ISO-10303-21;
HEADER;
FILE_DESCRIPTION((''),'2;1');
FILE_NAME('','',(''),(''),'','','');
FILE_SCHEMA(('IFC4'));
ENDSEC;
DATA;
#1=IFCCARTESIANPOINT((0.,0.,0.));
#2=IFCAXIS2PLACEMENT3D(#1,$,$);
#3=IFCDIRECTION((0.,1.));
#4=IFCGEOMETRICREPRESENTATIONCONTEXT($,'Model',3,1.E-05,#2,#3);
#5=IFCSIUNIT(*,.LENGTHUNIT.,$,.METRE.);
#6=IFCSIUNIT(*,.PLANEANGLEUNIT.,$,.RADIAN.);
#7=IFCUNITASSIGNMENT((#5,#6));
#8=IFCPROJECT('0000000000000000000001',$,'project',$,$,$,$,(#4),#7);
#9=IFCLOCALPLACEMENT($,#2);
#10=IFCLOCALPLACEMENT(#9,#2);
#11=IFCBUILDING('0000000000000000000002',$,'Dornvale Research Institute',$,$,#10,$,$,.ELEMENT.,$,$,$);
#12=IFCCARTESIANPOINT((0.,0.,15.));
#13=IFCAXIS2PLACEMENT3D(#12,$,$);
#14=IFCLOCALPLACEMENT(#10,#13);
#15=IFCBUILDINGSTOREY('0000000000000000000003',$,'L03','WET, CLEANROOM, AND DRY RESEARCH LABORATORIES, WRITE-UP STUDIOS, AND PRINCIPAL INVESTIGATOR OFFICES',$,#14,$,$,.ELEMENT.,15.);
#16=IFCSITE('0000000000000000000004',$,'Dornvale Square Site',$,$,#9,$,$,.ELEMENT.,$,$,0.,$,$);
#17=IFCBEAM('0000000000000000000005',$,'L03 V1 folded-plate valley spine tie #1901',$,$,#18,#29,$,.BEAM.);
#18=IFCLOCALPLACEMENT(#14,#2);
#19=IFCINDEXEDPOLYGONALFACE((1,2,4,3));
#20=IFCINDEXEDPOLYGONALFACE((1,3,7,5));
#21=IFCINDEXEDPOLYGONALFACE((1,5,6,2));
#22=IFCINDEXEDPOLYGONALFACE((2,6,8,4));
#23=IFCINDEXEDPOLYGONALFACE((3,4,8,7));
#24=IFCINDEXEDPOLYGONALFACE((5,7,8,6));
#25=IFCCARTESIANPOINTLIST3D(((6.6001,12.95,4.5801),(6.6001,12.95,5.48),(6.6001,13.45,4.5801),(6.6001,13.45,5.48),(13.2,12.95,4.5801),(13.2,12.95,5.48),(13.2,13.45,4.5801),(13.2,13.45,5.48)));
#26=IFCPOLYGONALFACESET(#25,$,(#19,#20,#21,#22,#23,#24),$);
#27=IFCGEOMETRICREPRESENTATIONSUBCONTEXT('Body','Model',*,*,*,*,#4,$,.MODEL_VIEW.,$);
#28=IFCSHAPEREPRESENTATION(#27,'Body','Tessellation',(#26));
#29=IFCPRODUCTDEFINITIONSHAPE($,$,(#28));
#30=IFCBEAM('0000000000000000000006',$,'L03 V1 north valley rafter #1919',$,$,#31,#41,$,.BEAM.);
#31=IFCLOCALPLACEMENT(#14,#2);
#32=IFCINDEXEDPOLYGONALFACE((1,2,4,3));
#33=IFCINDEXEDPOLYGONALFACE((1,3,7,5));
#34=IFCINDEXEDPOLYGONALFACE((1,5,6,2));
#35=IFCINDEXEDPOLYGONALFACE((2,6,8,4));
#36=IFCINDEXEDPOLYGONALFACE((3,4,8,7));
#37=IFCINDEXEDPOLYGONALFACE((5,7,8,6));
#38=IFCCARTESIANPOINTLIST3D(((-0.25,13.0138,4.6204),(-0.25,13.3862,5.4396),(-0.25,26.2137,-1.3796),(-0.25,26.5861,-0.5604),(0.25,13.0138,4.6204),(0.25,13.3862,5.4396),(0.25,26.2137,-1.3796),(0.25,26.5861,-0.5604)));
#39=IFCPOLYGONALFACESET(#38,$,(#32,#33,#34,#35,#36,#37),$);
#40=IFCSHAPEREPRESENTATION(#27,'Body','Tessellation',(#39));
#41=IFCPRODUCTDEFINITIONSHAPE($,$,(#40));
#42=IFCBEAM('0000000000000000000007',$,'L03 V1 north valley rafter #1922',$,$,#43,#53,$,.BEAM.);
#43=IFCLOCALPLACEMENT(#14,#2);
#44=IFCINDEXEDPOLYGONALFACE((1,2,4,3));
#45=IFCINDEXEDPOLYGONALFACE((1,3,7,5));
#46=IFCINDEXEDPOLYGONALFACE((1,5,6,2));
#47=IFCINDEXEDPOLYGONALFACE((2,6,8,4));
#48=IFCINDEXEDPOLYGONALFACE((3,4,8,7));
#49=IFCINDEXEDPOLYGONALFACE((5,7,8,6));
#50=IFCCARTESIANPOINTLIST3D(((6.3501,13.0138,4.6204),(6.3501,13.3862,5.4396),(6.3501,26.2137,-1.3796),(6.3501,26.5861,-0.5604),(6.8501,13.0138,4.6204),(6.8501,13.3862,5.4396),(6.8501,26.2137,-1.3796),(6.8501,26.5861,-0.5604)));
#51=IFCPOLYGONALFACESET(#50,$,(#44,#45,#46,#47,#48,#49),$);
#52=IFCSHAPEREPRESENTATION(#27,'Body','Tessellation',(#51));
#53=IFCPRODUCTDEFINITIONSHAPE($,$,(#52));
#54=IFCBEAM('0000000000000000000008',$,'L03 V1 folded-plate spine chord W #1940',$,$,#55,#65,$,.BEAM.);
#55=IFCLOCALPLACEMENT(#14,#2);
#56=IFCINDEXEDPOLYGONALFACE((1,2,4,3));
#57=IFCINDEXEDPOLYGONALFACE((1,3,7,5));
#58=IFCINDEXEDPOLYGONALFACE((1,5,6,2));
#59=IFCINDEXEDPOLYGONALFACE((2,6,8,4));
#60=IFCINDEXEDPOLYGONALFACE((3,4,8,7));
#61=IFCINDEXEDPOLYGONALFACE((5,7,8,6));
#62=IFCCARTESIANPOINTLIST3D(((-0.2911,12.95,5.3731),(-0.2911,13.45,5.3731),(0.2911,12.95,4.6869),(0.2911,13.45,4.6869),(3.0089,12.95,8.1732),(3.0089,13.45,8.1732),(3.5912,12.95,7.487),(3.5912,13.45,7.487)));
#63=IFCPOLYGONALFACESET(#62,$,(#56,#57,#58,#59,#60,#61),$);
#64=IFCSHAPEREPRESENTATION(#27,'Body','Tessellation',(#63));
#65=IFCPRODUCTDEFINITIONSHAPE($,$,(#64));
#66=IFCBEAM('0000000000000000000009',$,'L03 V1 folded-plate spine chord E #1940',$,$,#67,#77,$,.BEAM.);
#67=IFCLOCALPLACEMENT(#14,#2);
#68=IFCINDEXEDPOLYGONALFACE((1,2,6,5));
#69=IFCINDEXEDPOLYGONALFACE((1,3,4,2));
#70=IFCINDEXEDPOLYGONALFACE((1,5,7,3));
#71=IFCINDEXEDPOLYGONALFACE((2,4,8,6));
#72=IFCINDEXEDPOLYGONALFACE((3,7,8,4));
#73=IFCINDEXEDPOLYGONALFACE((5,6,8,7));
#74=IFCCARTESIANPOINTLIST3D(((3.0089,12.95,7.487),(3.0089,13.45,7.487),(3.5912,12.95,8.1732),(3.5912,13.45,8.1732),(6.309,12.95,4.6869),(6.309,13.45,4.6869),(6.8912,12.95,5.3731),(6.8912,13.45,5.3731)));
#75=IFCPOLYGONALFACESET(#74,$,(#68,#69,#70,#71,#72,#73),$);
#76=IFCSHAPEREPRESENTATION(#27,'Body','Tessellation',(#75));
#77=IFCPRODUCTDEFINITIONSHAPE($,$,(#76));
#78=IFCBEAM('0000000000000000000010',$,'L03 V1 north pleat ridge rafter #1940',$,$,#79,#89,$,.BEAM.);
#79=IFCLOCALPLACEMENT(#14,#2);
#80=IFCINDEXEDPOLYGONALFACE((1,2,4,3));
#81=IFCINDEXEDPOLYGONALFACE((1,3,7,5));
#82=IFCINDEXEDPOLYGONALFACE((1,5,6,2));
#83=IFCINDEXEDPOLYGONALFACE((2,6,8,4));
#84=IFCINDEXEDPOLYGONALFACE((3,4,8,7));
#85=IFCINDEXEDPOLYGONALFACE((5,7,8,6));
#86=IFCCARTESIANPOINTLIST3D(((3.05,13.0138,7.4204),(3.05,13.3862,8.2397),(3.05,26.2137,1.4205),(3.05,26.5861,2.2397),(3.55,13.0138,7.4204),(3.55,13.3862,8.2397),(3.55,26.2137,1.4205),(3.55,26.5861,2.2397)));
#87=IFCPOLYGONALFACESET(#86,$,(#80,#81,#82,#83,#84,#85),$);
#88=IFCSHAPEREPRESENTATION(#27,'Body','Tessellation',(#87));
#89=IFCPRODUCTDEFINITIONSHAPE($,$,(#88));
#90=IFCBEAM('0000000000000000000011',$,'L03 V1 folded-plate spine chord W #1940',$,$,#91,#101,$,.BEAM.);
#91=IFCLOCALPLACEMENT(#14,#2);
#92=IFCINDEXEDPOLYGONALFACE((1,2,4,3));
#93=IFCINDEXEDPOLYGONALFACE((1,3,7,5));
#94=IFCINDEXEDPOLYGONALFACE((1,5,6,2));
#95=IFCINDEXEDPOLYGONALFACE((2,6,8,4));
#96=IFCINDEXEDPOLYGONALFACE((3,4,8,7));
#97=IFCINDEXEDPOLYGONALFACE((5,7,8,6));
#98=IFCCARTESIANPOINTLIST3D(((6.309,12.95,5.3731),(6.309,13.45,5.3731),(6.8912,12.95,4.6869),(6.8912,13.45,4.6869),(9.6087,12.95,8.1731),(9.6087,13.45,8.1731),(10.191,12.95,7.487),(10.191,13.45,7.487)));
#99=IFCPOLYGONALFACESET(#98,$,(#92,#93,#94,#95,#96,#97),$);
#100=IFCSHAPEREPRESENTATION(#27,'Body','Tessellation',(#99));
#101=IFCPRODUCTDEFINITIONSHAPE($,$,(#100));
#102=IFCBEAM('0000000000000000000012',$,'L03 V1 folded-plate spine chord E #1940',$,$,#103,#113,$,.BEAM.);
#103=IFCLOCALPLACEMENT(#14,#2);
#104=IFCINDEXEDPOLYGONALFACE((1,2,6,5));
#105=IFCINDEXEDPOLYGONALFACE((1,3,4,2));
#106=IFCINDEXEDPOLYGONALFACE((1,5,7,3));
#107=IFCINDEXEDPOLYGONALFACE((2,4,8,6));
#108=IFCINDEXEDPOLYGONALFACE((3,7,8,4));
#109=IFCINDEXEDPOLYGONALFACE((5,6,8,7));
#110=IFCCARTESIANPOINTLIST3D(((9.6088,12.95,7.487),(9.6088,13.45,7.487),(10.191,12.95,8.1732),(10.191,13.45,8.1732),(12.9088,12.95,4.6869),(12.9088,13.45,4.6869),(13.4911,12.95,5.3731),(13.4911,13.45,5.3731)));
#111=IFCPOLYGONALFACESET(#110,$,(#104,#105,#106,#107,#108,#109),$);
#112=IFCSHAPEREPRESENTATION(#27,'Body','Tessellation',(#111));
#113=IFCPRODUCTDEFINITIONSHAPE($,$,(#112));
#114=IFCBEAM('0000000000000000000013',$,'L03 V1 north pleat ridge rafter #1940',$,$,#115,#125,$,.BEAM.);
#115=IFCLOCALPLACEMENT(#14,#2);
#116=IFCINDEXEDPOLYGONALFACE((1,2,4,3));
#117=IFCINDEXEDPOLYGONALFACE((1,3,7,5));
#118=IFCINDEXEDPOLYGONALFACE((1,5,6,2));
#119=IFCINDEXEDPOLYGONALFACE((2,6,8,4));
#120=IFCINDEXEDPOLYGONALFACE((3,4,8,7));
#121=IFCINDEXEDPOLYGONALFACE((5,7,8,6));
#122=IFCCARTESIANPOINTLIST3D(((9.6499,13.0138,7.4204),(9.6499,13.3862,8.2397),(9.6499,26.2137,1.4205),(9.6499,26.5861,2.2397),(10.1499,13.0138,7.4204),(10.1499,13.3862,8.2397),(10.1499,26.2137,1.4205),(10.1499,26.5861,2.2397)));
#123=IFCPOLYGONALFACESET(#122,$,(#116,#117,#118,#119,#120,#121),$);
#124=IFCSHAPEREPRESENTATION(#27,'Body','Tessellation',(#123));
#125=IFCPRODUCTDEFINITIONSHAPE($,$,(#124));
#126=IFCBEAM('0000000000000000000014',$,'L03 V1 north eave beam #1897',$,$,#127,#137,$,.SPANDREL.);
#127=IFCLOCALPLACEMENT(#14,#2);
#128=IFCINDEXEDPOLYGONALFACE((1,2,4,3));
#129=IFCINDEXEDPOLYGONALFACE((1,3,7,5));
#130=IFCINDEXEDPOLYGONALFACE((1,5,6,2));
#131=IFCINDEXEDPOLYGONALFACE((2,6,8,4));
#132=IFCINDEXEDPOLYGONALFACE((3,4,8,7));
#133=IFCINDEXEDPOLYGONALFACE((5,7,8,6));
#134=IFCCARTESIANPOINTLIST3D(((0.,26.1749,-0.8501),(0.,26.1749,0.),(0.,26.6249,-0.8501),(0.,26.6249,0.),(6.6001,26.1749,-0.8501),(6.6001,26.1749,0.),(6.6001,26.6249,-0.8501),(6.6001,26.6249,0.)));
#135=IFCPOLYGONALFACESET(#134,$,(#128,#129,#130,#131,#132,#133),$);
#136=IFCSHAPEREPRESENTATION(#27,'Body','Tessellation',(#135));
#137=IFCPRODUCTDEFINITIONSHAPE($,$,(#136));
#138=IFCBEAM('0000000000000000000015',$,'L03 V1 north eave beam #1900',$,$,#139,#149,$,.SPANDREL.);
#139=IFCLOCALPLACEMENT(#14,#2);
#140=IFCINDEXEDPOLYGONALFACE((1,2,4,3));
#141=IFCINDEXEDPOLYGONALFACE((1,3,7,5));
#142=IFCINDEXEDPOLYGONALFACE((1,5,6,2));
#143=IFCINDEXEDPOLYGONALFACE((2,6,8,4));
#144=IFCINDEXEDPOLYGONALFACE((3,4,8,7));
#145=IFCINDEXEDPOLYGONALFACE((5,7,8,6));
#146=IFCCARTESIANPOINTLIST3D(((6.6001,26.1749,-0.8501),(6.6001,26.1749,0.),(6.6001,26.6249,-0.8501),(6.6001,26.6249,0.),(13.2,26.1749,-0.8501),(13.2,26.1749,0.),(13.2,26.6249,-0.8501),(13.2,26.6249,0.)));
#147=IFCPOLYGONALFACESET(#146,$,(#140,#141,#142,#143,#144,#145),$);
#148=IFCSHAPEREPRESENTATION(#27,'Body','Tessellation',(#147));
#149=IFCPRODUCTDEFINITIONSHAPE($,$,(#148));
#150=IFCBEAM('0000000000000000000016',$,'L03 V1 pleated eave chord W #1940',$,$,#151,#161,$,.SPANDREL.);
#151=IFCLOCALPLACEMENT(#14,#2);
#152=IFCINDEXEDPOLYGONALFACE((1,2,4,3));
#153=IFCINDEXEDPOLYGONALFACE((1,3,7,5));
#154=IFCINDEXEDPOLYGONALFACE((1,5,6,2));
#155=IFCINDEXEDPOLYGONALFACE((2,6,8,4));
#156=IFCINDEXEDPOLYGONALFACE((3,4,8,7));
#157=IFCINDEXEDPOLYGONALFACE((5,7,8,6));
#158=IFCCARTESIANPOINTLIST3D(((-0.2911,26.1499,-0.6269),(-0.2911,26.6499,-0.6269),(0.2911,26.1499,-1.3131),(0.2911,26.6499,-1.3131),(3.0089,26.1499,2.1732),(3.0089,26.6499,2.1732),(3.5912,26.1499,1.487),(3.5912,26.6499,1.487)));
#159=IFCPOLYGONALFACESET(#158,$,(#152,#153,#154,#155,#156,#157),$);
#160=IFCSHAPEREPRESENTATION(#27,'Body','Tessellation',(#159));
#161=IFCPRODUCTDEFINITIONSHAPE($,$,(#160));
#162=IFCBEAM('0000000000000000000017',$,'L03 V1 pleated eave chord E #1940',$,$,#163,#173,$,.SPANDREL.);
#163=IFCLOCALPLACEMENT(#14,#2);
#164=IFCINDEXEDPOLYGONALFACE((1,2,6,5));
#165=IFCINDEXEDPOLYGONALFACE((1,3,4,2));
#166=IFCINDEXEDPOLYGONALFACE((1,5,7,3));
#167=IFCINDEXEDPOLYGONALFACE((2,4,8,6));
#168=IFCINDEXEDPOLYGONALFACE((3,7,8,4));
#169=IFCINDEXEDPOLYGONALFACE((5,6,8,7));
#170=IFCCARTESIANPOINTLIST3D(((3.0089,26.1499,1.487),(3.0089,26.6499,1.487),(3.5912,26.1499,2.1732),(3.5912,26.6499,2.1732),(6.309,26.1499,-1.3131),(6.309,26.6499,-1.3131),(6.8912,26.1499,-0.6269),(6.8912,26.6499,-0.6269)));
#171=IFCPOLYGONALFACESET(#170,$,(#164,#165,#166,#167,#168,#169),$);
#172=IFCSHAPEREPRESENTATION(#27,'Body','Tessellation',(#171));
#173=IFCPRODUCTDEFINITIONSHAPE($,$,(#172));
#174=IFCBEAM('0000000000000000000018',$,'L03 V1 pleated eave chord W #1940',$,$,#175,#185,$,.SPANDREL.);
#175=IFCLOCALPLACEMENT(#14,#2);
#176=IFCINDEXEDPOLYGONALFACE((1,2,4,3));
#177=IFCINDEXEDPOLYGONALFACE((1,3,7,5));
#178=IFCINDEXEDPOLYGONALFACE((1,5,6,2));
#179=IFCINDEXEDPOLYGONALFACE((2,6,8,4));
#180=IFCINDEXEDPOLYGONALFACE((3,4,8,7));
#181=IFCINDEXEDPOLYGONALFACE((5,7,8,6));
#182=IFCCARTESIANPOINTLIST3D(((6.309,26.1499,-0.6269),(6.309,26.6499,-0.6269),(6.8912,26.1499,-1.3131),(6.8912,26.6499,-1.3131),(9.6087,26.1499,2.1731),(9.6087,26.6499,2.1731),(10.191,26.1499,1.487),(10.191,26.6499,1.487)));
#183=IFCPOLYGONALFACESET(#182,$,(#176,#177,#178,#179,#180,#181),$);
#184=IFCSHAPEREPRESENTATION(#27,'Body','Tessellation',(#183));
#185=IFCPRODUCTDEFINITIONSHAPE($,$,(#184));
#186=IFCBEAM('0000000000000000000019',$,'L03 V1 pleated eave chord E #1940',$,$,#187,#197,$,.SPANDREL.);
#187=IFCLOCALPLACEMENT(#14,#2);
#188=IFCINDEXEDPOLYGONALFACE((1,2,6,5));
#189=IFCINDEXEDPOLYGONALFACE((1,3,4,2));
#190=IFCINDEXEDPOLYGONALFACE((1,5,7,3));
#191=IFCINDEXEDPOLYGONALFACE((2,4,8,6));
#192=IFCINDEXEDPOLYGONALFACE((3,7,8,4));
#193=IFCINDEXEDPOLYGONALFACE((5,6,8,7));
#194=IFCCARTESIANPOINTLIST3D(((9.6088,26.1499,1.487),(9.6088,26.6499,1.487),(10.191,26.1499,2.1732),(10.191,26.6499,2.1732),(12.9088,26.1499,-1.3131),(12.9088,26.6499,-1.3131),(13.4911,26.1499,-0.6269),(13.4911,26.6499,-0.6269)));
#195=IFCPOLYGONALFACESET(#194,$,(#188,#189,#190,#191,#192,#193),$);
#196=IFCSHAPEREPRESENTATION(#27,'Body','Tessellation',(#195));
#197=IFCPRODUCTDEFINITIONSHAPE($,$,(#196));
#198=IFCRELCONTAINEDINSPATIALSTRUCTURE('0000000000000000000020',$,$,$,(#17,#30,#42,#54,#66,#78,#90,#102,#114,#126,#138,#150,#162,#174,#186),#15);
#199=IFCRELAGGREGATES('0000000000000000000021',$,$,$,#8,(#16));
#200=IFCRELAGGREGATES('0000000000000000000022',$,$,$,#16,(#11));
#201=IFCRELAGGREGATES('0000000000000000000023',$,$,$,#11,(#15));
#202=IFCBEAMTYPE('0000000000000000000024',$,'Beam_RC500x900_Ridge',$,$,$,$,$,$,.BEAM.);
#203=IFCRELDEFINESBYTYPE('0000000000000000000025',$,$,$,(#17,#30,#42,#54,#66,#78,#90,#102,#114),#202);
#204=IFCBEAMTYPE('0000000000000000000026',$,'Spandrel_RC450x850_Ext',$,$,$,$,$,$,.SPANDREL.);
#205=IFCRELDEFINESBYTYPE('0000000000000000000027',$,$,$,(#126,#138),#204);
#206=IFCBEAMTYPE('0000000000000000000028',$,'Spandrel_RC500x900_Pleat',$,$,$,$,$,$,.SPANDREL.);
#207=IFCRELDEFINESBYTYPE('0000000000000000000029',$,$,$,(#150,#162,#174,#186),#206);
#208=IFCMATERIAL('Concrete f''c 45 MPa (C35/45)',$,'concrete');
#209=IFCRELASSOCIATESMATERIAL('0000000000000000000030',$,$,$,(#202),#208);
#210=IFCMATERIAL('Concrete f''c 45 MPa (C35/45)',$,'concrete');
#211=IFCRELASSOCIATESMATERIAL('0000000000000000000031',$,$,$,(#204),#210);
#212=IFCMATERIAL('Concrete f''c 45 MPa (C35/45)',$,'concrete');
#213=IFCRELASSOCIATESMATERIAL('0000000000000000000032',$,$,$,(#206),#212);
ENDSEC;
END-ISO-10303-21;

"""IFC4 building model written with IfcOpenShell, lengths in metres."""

from ifc_helpers import new_model, si_unit, direction, frame, origin, origin_2d, place, context, subcontext, project, spatial, rectangle, extrude, material, material_profile, profile_set, type_object, element, save


model = new_model("IFC4")

# Units and contexts
model_context = context("Model", 3, precision=1e-05, world=origin(), true_north=direction((0.0, 1.0)))
body_context = subcontext(model_context, "Body", "Model", "MODEL_VIEW")
ifc_project = project(units=[si_unit("LENGTHUNIT", "METRE"), si_unit("PLANEANGLEUNIT", "RADIAN")], contexts=[model_context])

# Site, building, storey
site_placement = place(None, origin())
site = spatial("IfcSite", under=ifc_project, at=site_placement, Name="Dornvale Square Site", CompositionType="ELEMENT", RefElevation=0.0)
building_placement = place(site_placement, origin())
building = spatial("IfcBuilding", under=site, at=building_placement, Name="Dornvale Research Institute", CompositionType="ELEMENT")
storey_placement = place(building_placement, frame((0.0, 0.0, 15.0)))
storey = spatial("IfcBuildingStorey", under=building, at=storey_placement, Name="L03", Description="WET, CLEANROOM, AND DRY RESEARCH LABORATORIES, WRITE-UP STUDIOS, AND PRINCIPAL INVESTIGATOR OFFICES", CompositionType="ELEMENT", Elevation=15.0)

# Beams
ifc_material_1 = material(Name="Concrete f'c 45 MPa (C35/45)", Category="concrete")
ifc_material_profile_1 = material_profile(ifc_material_1, rectangle(XDim=0.5, YDim=0.8999, at=origin_2d()), Name="RC 500x900")
ifc_profile_set_1 = profile_set([ifc_material_profile_1], Name="Concrete f'c 45 MPa (C35/45)")
beam_type_1 = type_object("IfcBeamType", Name="Beam_RC500x900_Ridge", PredefinedType="BEAM", material=ifc_profile_set_1)
beam_1_placement = place(storey_placement, frame((6.6001, 13.2, 5.03), z_axis=(1.0, 0.0, 0.0), x_axis=(0.0, 1.0, 0.0)))
element("IfcBeam", 1, at=beam_1_placement, inside=storey, type_object=beam_type_1, Name="L03 V1 folded-plate valley spine tie #1901", PredefinedType="BEAM", context=body_context, shape_type="SweptSolid", body=[
    extrude(rectangle(XDim=0.5, YDim=0.8999, at=origin_2d()), origin(), (0.0, 0.0, 1.0), 6.5999),
])
for number, where, z_axis, x_axis, name in (
    (2, (0.0, 26.3999, -0.97), (0.0, -0.910366, 0.413804), (1.0, 0.0, 0.0), "L03 V1 north valley rafter #1919"),
    (3, (6.6001, 26.3999, -0.97), (0.0, -0.910366, 0.413804), (1.0, 0.0, 0.0), "L03 V1 north valley rafter #1922"),
):
    element("IfcBeam", number, at=place(storey_placement, frame(where, z_axis=z_axis, x_axis=x_axis)), inside=storey, type_object=beam_type_1, Name=name, PredefinedType="BEAM", context=body_context, shape_type="SweptSolid", body=[
        extrude(rectangle(XDim=0.5, YDim=0.8999, at=origin_2d()), origin(), (0.0, 0.0, 1.0), 14.4995),
    ])
for number, where, z_axis, x_axis, name in (
    (4, (0.0, 13.2, 5.03), (0.762508, 0.0, 0.646978), (0.0, 1.0, 0.0), "L03 V1 folded-plate spine chord W #1940"),
    (5, (3.3, 13.2, 7.8301), (0.762508, 0.0, -0.646978), (0.0, 1.0, 0.0), "L03 V1 folded-plate spine chord E #1940"),
):
    element("IfcBeam", number, at=place(storey_placement, frame(where, z_axis=z_axis, x_axis=x_axis)), inside=storey, type_object=beam_type_1, Name=name, PredefinedType="BEAM", context=body_context, shape_type="SweptSolid", body=[
        extrude(rectangle(XDim=0.5, YDim=0.8999, at=origin_2d()), origin(), (0.0, 0.0, 1.0), 4.3279),
    ])
beam_2_placement = place(storey_placement, frame((3.3, 26.3999, 1.8301), z_axis=(0.0, -0.910366, 0.413804), x_axis=(1.0, 0.0, 0.0)))
element("IfcBeam", 6, at=beam_2_placement, inside=storey, type_object=beam_type_1, Name="L03 V1 north pleat ridge rafter #1940", PredefinedType="BEAM", context=body_context, shape_type="SweptSolid", body=[
    extrude(rectangle(XDim=0.5, YDim=0.8999, at=origin_2d()), origin(), (0.0, 0.0, 1.0), 14.4995),
])
beam_3_placement = place(storey_placement, frame((6.6001, 13.2, 5.03), z_axis=(0.762485, 0.0, 0.647006), x_axis=(0.0, 1.0, 0.0)))
element("IfcBeam", 7, at=beam_3_placement, inside=storey, type_object=beam_type_1, Name="L03 V1 folded-plate spine chord W #1940", PredefinedType="BEAM", context=body_context, shape_type="SweptSolid", body=[
    extrude(rectangle(XDim=0.5, YDim=0.8999, at=origin_2d()), origin(), (0.0, 0.0, 1.0), 4.3276),
])
beam_4_placement = place(storey_placement, frame((9.8999, 13.2, 7.8301), z_axis=(0.762508, 0.0, -0.646978), x_axis=(0.0, 1.0, 0.0)))
element("IfcBeam", 8, at=beam_4_placement, inside=storey, type_object=beam_type_1, Name="L03 V1 folded-plate spine chord E #1940", PredefinedType="BEAM", context=body_context, shape_type="SweptSolid", body=[
    extrude(rectangle(XDim=0.5, YDim=0.8999, at=origin_2d()), origin(), (0.0, 0.0, 1.0), 4.3279),
])
beam_5_placement = place(storey_placement, frame((9.8999, 26.3999, 1.8301), z_axis=(0.0, -0.910366, 0.413804), x_axis=(1.0, 0.0, 0.0)))
element("IfcBeam", 9, at=beam_5_placement, inside=storey, type_object=beam_type_1, Name="L03 V1 north pleat ridge rafter #1940", PredefinedType="BEAM", context=body_context, shape_type="SweptSolid", body=[
    extrude(rectangle(XDim=0.5, YDim=0.8999, at=origin_2d()), origin(), (0.0, 0.0, 1.0), 14.4995),
])
ifc_material_2 = material(Name="Concrete f'c 45 MPa (C35/45)", Category="concrete")
ifc_material_profile_2 = material_profile(ifc_material_2, rectangle(XDim=0.45, YDim=0.8501, at=origin_2d()), Name="RC 450x850")
ifc_profile_set_2 = profile_set([ifc_material_profile_2], Name="Concrete f'c 45 MPa (C35/45)")
beam_type_2 = type_object("IfcBeamType", Name="Spandrel_RC450x850_Ext", PredefinedType="SPANDREL", material=ifc_profile_set_2)
beam_6_placement = place(storey_placement, frame((0.0, 26.3999, -0.425), z_axis=(1.0, 0.0, 0.0), x_axis=(0.0, 1.0, 0.0)))
element("IfcBeam", 10, at=beam_6_placement, inside=storey, type_object=beam_type_2, Name="L03 V1 north eave beam #1897", PredefinedType="SPANDREL", context=body_context, shape_type="SweptSolid", body=[
    extrude(rectangle(XDim=0.45, YDim=0.8501, at=origin_2d()), origin(), (0.0, 0.0, 1.0), 6.6001),
])
beam_7_placement = place(storey_placement, frame((6.6001, 26.3999, -0.425), z_axis=(1.0, 0.0, 0.0), x_axis=(0.0, 1.0, 0.0)))
element("IfcBeam", 11, at=beam_7_placement, inside=storey, type_object=beam_type_2, Name="L03 V1 north eave beam #1900", PredefinedType="SPANDREL", context=body_context, shape_type="SweptSolid", body=[
    extrude(rectangle(XDim=0.45, YDim=0.8501, at=origin_2d()), origin(), (0.0, 0.0, 1.0), 6.5999),
])
ifc_material_3 = material(Name="Concrete f'c 45 MPa (C35/45)", Category="concrete")
ifc_material_profile_3 = material_profile(ifc_material_3, rectangle(XDim=0.5, YDim=0.8999, at=origin_2d()), Name="RC 500x900")
ifc_profile_set_3 = profile_set([ifc_material_profile_3], Name="Concrete f'c 45 MPa (C35/45)")
beam_type_3 = type_object("IfcBeamType", Name="Spandrel_RC500x900_Pleat", PredefinedType="SPANDREL", material=ifc_profile_set_3)
for number, where, z_axis, x_axis, name in (
    (12, (0.0, 26.3999, -0.97), (0.762508, 0.0, 0.646978), (0.0, 1.0, 0.0), "L03 V1 pleated eave chord W #1940"),
    (13, (3.3, 26.3999, 1.8301), (0.762508, 0.0, -0.646978), (0.0, 1.0, 0.0), "L03 V1 pleated eave chord E #1940"),
):
    element("IfcBeam", number, at=place(storey_placement, frame(where, z_axis=z_axis, x_axis=x_axis)), inside=storey, type_object=beam_type_3, Name=name, PredefinedType="SPANDREL", context=body_context, shape_type="SweptSolid", body=[
        extrude(rectangle(XDim=0.5, YDim=0.8999, at=origin_2d()), origin(), (0.0, 0.0, 1.0), 4.3279),
    ])
beam_8_placement = place(storey_placement, frame((6.6001, 26.3999, -0.97), z_axis=(0.762485, 0.0, 0.647006), x_axis=(0.0, 1.0, 0.0)))
element("IfcBeam", 14, at=beam_8_placement, inside=storey, type_object=beam_type_3, Name="L03 V1 pleated eave chord W #1940", PredefinedType="SPANDREL", context=body_context, shape_type="SweptSolid", body=[
    extrude(rectangle(XDim=0.5, YDim=0.8999, at=origin_2d()), origin(), (0.0, 0.0, 1.0), 4.3276),
])
beam_9_placement = place(storey_placement, frame((9.8999, 26.3999, 1.8301), z_axis=(0.762508, 0.0, -0.646978), x_axis=(0.0, 1.0, 0.0)))
element("IfcBeam", 15, at=beam_9_placement, inside=storey, type_object=beam_type_3, Name="L03 V1 pleated eave chord E #1940", PredefinedType="SPANDREL", context=body_context, shape_type="SweptSolid", body=[
    extrude(rectangle(XDim=0.5, YDim=0.8999, at=origin_2d()), origin(), (0.0, 0.0, 1.0), 4.3279),
])

save(model, "model.ifc")
